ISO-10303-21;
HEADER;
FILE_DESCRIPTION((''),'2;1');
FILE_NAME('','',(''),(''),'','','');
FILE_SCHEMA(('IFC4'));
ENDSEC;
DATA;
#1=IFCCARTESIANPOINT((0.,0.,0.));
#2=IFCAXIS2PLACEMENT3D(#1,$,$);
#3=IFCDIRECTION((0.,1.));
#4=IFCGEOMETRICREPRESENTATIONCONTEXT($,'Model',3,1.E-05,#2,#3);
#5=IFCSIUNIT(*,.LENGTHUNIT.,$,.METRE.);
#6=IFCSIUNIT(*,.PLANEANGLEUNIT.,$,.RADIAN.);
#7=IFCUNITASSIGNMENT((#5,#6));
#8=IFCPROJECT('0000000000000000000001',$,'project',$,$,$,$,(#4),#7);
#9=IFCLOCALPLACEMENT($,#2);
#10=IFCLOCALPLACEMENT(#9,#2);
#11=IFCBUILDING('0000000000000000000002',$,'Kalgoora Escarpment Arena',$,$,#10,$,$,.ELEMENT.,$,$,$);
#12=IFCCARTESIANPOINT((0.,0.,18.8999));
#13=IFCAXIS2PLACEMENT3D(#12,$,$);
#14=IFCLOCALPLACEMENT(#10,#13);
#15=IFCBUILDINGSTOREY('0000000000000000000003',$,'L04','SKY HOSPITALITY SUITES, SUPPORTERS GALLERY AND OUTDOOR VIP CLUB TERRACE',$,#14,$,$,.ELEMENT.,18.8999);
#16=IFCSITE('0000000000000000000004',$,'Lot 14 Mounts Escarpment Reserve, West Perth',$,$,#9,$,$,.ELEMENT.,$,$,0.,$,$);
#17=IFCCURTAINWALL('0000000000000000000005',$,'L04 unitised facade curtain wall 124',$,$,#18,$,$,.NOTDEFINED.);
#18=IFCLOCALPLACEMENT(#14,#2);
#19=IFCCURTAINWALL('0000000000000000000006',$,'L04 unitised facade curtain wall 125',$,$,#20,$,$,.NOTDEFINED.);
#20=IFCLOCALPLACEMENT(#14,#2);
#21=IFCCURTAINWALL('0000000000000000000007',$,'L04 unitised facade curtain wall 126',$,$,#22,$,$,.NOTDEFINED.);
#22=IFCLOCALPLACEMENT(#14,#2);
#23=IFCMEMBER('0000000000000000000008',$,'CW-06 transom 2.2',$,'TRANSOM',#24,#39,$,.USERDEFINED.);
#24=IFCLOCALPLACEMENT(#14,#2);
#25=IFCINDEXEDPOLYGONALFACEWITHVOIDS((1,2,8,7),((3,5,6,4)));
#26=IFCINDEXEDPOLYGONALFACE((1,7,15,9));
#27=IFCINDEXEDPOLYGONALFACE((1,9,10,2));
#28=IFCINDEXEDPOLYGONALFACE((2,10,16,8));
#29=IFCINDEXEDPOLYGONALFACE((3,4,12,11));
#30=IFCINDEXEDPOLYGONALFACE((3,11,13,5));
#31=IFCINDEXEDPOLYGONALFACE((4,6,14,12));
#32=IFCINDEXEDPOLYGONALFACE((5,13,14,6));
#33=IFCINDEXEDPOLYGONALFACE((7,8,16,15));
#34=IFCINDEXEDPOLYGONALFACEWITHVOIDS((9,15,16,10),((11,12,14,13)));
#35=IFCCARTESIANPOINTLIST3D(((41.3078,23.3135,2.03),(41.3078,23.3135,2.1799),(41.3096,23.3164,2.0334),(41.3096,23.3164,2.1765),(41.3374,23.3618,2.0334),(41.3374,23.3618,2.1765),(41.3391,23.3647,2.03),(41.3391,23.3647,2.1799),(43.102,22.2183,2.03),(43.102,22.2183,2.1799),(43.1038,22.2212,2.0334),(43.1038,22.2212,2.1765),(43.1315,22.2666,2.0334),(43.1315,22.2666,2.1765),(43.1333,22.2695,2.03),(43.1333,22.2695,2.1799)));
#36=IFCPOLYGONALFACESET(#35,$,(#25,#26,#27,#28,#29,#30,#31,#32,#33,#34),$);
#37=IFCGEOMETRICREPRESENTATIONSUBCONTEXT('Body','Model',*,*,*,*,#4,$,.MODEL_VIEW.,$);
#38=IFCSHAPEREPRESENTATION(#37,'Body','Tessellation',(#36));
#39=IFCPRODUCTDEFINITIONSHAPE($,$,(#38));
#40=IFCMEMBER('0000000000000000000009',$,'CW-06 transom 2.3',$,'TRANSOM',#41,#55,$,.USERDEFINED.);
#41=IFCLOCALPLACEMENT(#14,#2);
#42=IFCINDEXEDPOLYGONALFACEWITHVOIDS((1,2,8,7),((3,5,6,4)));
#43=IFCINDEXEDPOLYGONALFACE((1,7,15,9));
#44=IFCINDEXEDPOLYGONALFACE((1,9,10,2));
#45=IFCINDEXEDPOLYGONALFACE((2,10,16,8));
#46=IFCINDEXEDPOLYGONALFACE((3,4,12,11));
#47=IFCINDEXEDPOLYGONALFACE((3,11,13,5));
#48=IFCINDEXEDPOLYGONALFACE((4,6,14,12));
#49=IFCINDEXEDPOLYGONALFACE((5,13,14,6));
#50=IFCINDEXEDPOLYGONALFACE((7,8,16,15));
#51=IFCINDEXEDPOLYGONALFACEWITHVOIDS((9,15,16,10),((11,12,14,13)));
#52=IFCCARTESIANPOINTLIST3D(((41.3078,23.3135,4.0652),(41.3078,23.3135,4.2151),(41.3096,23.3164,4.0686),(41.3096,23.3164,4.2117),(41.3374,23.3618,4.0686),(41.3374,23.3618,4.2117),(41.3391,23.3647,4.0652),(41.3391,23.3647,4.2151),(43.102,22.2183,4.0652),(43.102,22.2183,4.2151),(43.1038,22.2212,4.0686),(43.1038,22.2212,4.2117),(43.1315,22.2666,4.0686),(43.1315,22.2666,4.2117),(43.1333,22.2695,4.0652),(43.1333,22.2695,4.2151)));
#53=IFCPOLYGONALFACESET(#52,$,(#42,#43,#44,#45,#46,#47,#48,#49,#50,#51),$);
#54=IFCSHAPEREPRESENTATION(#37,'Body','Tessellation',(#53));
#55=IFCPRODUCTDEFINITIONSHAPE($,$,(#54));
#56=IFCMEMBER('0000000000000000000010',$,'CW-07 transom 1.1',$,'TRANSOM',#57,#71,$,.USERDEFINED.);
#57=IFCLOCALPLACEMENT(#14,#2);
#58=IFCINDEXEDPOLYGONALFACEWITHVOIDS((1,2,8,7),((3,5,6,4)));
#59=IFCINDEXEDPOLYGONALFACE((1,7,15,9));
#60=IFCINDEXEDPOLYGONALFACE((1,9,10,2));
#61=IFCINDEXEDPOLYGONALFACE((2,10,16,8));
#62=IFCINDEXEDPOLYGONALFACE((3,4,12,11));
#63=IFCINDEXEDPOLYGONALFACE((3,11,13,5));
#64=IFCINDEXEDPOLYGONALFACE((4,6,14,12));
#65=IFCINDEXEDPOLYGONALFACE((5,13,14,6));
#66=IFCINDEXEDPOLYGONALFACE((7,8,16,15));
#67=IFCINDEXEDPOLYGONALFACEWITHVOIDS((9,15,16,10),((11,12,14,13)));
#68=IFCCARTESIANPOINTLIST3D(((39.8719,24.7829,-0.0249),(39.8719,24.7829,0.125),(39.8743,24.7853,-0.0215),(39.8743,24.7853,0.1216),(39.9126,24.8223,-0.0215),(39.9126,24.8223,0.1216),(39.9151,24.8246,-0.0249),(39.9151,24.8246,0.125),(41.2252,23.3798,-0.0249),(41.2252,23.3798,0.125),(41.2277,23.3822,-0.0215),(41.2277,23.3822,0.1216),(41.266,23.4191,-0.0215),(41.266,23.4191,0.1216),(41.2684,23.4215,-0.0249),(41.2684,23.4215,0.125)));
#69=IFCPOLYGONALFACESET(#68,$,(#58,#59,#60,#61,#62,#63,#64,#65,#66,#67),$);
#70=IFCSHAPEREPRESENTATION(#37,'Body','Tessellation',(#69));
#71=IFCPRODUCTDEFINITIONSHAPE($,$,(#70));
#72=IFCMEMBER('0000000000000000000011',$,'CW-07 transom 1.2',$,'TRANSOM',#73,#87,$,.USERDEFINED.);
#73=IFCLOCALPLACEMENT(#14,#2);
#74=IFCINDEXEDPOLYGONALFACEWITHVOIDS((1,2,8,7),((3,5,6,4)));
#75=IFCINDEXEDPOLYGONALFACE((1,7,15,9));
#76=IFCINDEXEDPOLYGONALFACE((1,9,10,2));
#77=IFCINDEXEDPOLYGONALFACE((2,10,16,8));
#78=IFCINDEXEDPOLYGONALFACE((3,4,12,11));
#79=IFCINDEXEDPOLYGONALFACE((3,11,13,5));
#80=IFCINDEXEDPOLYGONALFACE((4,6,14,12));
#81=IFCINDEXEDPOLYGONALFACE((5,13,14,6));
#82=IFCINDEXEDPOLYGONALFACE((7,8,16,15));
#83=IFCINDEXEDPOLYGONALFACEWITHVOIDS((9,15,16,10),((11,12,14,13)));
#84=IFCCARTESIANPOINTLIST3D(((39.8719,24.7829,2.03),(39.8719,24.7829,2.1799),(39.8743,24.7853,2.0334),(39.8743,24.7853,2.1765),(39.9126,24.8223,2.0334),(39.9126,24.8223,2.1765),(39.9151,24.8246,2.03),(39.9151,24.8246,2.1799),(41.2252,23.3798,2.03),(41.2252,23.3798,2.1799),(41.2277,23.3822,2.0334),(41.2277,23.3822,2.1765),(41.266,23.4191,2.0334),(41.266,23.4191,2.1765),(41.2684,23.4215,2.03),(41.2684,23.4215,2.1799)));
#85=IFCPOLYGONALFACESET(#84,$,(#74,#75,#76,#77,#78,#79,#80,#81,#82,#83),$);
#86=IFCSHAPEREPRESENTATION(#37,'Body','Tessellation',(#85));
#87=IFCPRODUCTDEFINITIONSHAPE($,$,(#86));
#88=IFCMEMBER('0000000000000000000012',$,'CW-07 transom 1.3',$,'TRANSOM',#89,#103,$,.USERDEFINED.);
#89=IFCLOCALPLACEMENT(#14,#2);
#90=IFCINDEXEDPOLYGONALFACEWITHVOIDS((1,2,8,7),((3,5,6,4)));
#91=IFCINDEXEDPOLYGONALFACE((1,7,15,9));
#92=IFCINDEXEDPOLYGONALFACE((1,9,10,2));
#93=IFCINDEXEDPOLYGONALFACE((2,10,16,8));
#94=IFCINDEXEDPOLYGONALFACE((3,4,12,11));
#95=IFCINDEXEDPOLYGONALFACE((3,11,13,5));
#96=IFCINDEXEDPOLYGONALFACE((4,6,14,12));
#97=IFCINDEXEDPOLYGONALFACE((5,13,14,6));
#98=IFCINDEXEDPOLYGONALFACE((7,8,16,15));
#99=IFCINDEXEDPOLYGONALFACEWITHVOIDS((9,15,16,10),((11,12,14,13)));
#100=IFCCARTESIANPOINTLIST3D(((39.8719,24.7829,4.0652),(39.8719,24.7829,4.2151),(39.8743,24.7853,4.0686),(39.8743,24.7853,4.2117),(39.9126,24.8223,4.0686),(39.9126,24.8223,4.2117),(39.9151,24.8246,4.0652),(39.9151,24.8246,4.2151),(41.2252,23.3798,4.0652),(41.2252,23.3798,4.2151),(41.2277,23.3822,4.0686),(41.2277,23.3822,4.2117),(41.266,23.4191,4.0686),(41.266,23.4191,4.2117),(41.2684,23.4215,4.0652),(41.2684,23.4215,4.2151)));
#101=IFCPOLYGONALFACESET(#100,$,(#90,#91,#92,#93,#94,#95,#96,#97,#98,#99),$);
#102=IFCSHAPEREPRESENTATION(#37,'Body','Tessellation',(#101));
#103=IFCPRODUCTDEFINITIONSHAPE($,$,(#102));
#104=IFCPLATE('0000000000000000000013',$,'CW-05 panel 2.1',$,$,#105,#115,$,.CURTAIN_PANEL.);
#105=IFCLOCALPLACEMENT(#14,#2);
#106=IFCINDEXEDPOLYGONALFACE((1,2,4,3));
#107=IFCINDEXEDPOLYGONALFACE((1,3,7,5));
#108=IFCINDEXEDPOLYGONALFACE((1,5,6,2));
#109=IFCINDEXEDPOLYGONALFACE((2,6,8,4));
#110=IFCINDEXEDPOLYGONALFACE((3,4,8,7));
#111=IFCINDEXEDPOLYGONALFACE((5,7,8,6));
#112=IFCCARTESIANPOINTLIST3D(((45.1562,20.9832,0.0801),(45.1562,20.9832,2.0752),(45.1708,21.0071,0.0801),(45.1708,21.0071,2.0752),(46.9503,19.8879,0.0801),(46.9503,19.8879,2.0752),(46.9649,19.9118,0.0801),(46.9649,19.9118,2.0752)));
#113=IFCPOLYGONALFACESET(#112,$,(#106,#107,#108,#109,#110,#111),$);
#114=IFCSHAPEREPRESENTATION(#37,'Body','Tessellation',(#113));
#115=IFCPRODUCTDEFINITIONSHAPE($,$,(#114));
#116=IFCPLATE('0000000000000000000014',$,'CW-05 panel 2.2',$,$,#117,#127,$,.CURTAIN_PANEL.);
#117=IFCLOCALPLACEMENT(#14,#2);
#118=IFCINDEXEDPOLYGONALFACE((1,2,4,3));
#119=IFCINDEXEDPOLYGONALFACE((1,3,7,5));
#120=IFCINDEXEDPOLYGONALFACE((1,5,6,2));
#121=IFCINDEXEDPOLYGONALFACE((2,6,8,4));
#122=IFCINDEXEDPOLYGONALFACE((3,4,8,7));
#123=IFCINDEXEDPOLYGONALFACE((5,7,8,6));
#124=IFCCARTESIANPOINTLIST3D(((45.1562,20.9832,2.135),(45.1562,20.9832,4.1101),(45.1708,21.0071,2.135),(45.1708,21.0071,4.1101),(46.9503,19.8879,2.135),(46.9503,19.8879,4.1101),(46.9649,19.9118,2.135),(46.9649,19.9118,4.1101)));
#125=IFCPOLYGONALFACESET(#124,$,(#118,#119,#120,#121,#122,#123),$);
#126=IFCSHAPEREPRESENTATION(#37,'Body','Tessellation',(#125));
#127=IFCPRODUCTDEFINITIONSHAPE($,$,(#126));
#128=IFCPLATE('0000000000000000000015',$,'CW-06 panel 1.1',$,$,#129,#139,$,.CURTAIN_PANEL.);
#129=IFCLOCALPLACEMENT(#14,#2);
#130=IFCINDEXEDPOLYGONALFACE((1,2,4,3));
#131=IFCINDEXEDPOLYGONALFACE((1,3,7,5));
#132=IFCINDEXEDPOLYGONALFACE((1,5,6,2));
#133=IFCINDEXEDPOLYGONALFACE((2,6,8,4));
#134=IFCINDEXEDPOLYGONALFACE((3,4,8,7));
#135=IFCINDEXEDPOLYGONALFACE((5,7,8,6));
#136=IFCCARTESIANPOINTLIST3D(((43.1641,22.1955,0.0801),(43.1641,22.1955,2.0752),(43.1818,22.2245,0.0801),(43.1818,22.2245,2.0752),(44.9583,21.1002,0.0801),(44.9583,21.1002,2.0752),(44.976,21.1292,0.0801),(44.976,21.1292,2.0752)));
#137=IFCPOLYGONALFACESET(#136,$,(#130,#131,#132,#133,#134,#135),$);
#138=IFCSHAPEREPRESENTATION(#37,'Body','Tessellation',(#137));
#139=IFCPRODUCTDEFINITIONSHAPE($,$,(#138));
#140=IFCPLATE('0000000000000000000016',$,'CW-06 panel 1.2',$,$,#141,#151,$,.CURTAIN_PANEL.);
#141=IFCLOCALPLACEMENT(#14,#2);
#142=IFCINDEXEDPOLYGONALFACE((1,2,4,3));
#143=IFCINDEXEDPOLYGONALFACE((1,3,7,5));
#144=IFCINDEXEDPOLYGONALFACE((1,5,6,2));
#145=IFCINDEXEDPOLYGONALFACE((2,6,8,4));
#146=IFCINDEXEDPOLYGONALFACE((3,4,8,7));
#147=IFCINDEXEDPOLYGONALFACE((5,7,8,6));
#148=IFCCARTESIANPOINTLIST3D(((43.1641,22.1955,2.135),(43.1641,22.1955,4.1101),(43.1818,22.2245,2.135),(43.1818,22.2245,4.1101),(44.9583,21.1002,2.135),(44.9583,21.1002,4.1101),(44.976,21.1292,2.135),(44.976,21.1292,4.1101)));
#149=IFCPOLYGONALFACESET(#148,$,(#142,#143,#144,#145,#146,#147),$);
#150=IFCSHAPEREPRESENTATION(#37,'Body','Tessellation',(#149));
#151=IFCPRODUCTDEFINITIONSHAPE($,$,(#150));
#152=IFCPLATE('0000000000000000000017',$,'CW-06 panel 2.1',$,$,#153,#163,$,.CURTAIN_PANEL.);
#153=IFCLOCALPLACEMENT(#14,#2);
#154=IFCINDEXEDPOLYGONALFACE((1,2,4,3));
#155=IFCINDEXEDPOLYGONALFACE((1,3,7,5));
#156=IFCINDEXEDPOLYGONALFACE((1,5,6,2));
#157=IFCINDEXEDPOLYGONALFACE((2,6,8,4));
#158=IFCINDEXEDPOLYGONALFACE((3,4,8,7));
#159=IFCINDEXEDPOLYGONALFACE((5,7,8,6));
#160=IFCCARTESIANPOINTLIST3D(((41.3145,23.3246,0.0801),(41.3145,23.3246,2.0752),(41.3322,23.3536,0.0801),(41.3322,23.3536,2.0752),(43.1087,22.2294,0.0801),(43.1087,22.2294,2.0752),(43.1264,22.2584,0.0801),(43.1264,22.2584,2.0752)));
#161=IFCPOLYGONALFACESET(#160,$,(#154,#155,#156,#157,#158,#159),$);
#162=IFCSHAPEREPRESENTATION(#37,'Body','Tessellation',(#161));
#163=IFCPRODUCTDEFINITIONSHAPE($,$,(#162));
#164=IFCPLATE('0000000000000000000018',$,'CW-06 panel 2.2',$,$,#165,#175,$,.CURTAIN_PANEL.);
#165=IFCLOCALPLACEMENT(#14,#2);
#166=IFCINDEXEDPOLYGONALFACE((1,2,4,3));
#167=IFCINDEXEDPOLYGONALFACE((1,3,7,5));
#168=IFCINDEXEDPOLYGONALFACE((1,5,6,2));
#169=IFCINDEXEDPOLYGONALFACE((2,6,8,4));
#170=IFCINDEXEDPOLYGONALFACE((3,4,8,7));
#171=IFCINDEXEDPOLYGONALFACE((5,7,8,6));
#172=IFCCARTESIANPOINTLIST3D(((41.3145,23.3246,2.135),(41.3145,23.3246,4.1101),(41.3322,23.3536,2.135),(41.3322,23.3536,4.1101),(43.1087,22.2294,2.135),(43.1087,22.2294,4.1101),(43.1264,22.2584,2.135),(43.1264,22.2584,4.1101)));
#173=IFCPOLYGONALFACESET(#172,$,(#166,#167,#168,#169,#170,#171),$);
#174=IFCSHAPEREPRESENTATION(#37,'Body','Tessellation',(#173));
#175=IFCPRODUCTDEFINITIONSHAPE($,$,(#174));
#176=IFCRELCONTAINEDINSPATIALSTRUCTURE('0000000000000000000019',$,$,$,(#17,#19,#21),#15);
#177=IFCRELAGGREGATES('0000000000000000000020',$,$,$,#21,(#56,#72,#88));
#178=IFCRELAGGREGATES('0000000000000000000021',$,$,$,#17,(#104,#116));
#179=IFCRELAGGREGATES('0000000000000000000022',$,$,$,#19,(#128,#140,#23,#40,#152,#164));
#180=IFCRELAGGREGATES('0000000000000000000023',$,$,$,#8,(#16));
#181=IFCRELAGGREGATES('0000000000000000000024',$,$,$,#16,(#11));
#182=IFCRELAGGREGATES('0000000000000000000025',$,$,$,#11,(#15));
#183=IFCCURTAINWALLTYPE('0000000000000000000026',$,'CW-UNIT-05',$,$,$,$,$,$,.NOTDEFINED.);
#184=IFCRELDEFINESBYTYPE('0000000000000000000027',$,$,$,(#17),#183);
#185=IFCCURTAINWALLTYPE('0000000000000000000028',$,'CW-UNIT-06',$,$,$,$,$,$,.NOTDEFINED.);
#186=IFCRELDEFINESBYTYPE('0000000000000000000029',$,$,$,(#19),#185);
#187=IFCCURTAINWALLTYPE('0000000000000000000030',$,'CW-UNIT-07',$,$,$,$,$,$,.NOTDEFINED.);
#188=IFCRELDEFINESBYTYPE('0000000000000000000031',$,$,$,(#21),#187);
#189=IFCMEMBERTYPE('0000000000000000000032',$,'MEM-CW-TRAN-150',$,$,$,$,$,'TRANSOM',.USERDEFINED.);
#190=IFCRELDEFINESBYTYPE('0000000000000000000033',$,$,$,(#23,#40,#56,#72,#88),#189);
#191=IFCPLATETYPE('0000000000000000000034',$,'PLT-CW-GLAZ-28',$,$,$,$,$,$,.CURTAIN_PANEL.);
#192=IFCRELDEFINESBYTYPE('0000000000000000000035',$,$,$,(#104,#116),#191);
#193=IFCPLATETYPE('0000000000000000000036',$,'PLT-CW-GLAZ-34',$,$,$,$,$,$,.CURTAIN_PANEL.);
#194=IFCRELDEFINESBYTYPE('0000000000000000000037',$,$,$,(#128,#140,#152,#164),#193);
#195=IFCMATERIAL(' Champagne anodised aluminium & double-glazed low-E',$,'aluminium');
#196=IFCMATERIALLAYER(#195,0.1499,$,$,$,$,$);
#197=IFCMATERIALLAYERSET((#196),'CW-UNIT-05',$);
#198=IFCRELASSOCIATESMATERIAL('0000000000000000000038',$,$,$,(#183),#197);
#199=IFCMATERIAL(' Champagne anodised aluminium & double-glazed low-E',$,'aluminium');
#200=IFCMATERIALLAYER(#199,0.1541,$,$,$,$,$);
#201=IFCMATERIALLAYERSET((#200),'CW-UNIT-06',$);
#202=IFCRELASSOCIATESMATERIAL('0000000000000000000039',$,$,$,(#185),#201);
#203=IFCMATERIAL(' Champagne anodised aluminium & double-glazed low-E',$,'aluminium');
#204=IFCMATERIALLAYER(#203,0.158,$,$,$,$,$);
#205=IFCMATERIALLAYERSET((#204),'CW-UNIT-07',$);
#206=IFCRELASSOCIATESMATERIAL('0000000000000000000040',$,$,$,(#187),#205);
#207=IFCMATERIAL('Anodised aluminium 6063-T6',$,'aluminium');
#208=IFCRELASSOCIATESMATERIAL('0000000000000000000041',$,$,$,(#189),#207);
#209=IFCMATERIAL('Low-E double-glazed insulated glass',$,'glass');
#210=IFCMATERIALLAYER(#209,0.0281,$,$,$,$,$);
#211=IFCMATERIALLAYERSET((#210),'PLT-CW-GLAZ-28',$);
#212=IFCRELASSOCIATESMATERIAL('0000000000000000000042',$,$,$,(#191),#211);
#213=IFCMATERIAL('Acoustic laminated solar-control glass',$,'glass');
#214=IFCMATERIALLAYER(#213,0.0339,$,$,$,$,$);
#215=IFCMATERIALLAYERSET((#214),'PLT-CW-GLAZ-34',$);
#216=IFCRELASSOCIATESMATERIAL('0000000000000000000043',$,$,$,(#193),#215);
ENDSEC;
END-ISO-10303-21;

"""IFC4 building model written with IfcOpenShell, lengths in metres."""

from ifc_helpers import new_model, si_unit, direction, frame, origin, origin_2d, place, context, subcontext, project, spatial, rectangle, hollow_rectangle, extrude, material, layer, layer_set, material_profile, profile_set, type_object, element, aggregate, save


model = new_model("IFC4")

# Units and contexts
model_context = context("Model", 3, precision=1e-05, world=origin(), true_north=direction((0.0, 1.0)))
body_context = subcontext(model_context, "Body", "Model", "MODEL_VIEW")
ifc_project = project(units=[si_unit("LENGTHUNIT", "METRE"), si_unit("PLANEANGLEUNIT", "RADIAN")], contexts=[model_context])

# Site, building, storey
site_placement = place(None, origin())
site = spatial("IfcSite", under=ifc_project, at=site_placement, Name="Lot 14 Mounts Escarpment Reserve, West Perth", CompositionType="ELEMENT", RefElevation=0.0)
building_placement = place(site_placement, origin())
building = spatial("IfcBuilding", under=site, at=building_placement, Name="Kalgoora Escarpment Arena", CompositionType="ELEMENT")
storey_placement = place(building_placement, frame((0.0, 0.0, 18.8999)))
storey = spatial("IfcBuildingStorey", under=building, at=storey_placement, Name="L04", Description="SKY HOSPITALITY SUITES, SUPPORTERS GALLERY AND OUTDOOR VIP CLUB TERRACE", CompositionType="ELEMENT", Elevation=18.8999)

# Curtain wall
ifc_material_1 = material(Name=" Champagne anodised aluminium & double-glazed low-E", Category="aluminium")
ifc_layer_1 = layer(ifc_material_1, 0.1499)
ifc_layer_set_1 = layer_set([ifc_layer_1], Name="CW-UNIT-05")
curtain_wall_type_1 = type_object("IfcCurtainWallType", Name="CW-UNIT-05", PredefinedType="NOTDEFINED", material=ifc_layer_set_1)
curtain_wall_1_placement = place(storey_placement, origin())
curtain_wall_1 = element("IfcCurtainWall", 1, at=curtain_wall_1_placement, inside=storey, type_object=curtain_wall_type_1, Name="L04 unitised facade curtain wall 124", PredefinedType="NOTDEFINED")

# Curtain wall
ifc_material_2 = material(Name=" Champagne anodised aluminium & double-glazed low-E", Category="aluminium")
ifc_layer_2 = layer(ifc_material_2, 0.1541)
ifc_layer_set_2 = layer_set([ifc_layer_2], Name="CW-UNIT-06")
curtain_wall_type_2 = type_object("IfcCurtainWallType", Name="CW-UNIT-06", PredefinedType="NOTDEFINED", material=ifc_layer_set_2)
curtain_wall_2_placement = place(storey_placement, origin())
curtain_wall_2 = element("IfcCurtainWall", 2, at=curtain_wall_2_placement, inside=storey, type_object=curtain_wall_type_2, Name="L04 unitised facade curtain wall 125", PredefinedType="NOTDEFINED")

# Curtain wall
ifc_material_3 = material(Name=" Champagne anodised aluminium & double-glazed low-E", Category="aluminium")
ifc_layer_3 = layer(ifc_material_3, 0.158)
ifc_layer_set_3 = layer_set([ifc_layer_3], Name="CW-UNIT-07")
curtain_wall_type_3 = type_object("IfcCurtainWallType", Name="CW-UNIT-07", PredefinedType="NOTDEFINED", material=ifc_layer_set_3)
curtain_wall_3_placement = place(storey_placement, origin())
curtain_wall_3 = element("IfcCurtainWall", 3, at=curtain_wall_3_placement, inside=storey, type_object=curtain_wall_type_3, Name="L04 unitised facade curtain wall 126", PredefinedType="NOTDEFINED")

# Members
ifc_material_4 = material(Name="Anodised aluminium 6063-T6", Category="aluminium")
ifc_material_profile_1 = material_profile(ifc_material_4, hollow_rectangle(XDim=0.0601, YDim=0.1499, WallThickness=0.0034, at=origin_2d()))
ifc_profile_set_1 = profile_set([ifc_material_profile_1], Name="Anodised aluminium 6063-T6")
member_type_1 = type_object("IfcMemberType", Name="MEM-CW-TRAN-150", ElementType="TRANSOM", PredefinedType="USERDEFINED", material=ifc_profile_set_1)
member_1_placement = place(storey_placement, frame((43.1177, 22.2439, 2.105), z_axis=(-0.853543, 0.521022, 0.0), x_axis=(-0.521022, -0.853543, 0.0)))
member_1 = element("IfcMember", 4, at=member_1_placement, type_object=member_type_1, Name="CW-06 transom 2.2", ObjectType="TRANSOM", PredefinedType="USERDEFINED", context=body_context, shape_type="SweptSolid", body=[
    extrude(hollow_rectangle(XDim=0.0601, YDim=0.1499, WallThickness=0.0034, at=origin_2d()), origin(), (0.0, 0.0, 1.0), 2.1021),
])
member_2_placement = place(storey_placement, frame((43.1177, 22.2439, 4.1401), z_axis=(-0.853543, 0.521022, 0.0), x_axis=(-0.521022, -0.853543, 0.0)))
member_2 = element("IfcMember", 5, at=member_2_placement, type_object=member_type_1, Name="CW-06 transom 2.3", ObjectType="TRANSOM", PredefinedType="USERDEFINED", context=body_context, shape_type="SweptSolid", body=[
    extrude(hollow_rectangle(XDim=0.0601, YDim=0.1499, WallThickness=0.0034, at=origin_2d()), origin(), (0.0, 0.0, 1.0), 2.1021),
])
member_3_placement = place(storey_placement, frame((41.2468, 23.4006, 0.05), z_axis=(-0.694217, 0.719766, 0.0), x_axis=(-0.719766, -0.694217, 0.0)))
member_3 = element("IfcMember", 6, at=member_3_placement, type_object=member_type_1, Name="CW-07 transom 1.1", ObjectType="TRANSOM", PredefinedType="USERDEFINED", context=body_context, shape_type="SweptSolid", body=[
    extrude(hollow_rectangle(XDim=0.0601, YDim=0.1499, WallThickness=0.0034, at=origin_2d()), origin(), (0.0, 0.0, 1.0), 1.9495),
])
member_4_placement = place(storey_placement, frame((41.2468, 23.4006, 2.105), z_axis=(-0.694217, 0.719766, 0.0), x_axis=(-0.719766, -0.694217, 0.0)))
member_4 = element("IfcMember", 7, at=member_4_placement, type_object=member_type_1, Name="CW-07 transom 1.2", ObjectType="TRANSOM", PredefinedType="USERDEFINED", context=body_context, shape_type="SweptSolid", body=[
    extrude(hollow_rectangle(XDim=0.0601, YDim=0.1499, WallThickness=0.0034, at=origin_2d()), origin(), (0.0, 0.0, 1.0), 1.9495),
])
member_5_placement = place(storey_placement, frame((41.2468, 23.4006, 4.1401), z_axis=(-0.694217, 0.719766, 0.0), x_axis=(-0.719766, -0.694217, 0.0)))
member_5 = element("IfcMember", 8, at=member_5_placement, type_object=member_type_1, Name="CW-07 transom 1.3", ObjectType="TRANSOM", PredefinedType="USERDEFINED", context=body_context, shape_type="SweptSolid", body=[
    extrude(hollow_rectangle(XDim=0.0601, YDim=0.1499, WallThickness=0.0034, at=origin_2d()), origin(), (0.0, 0.0, 1.0), 1.9495),
])
aggregate(curtain_wall_3, [member_3, member_4, member_5])

# Plates
ifc_material_5 = material(Name="Low-E double-glazed insulated glass", Category="glass")
ifc_layer_4 = layer(ifc_material_5, 0.0281)
ifc_layer_set_4 = layer_set([ifc_layer_4], Name="PLT-CW-GLAZ-28")
plate_type_1 = type_object("IfcPlateType", Name="PLT-CW-GLAZ-28", PredefinedType="CURTAIN_PANEL", material=ifc_layer_set_4)
plate_1_placement = place(storey_placement, frame((46.0605, 20.4475, 0.0801), z_axis=(0.0, 0.0, 1.0), x_axis=(-0.853516, 0.521067, 0.0)))
plate_1 = element("IfcPlate", 9, at=plate_1_placement, type_object=plate_type_1, Name="CW-05 panel 2.1", PredefinedType="CURTAIN_PANEL", context=body_context, shape_type="SweptSolid", body=[
    extrude(rectangle(XDim=2.1021, YDim=0.0281, at=origin_2d()), origin(), (0.0, 0.0, 1.0), 1.9951),
])
plate_2_placement = place(storey_placement, frame((46.0605, 20.4475, 2.135), z_axis=(0.0, 0.0, 1.0), x_axis=(-0.853516, 0.521067, 0.0)))
plate_2 = element("IfcPlate", 10, at=plate_2_placement, type_object=plate_type_1, Name="CW-05 panel 2.2", PredefinedType="CURTAIN_PANEL", context=body_context, shape_type="SweptSolid", body=[
    extrude(rectangle(XDim=2.1021, YDim=0.0281, at=origin_2d()), origin(), (0.0, 0.0, 1.0), 1.9751),
])
aggregate(curtain_wall_1, [plate_1, plate_2])
ifc_material_6 = material(Name="Acoustic laminated solar-control glass", Category="glass")
ifc_layer_5 = layer(ifc_material_6, 0.0339)
ifc_layer_set_5 = layer_set([ifc_layer_5], Name="PLT-CW-GLAZ-34")
plate_type_2 = type_object("IfcPlateType", Name="PLT-CW-GLAZ-34", PredefinedType="CURTAIN_PANEL", material=ifc_layer_set_5)
plate_3_placement = place(storey_placement, frame((44.0701, 21.6624, 0.0801), z_axis=(0.0, 0.0, 1.0), x_axis=(-0.853532, 0.52104, 0.0)))
plate_3 = element("IfcPlate", 11, at=plate_3_placement, type_object=plate_type_2, Name="CW-06 panel 1.1", PredefinedType="CURTAIN_PANEL", context=body_context, shape_type="SweptSolid", body=[
    extrude(rectangle(XDim=2.1021, YDim=0.0339, at=origin_2d()), origin(), (0.0, 0.0, 1.0), 1.9951),
])
plate_4_placement = place(storey_placement, frame((44.0701, 21.6624, 2.135), z_axis=(0.0, 0.0, 1.0), x_axis=(-0.853532, 0.52104, 0.0)))
plate_4 = element("IfcPlate", 12, at=plate_4_placement, type_object=plate_type_2, Name="CW-06 panel 1.2", PredefinedType="CURTAIN_PANEL", context=body_context, shape_type="SweptSolid", body=[
    extrude(rectangle(XDim=2.1021, YDim=0.0339, at=origin_2d()), origin(), (0.0, 0.0, 1.0), 1.9751),
])
plate_5_placement = place(storey_placement, frame((42.2205, 22.7915, 0.0801), z_axis=(0.0, 0.0, 1.0), x_axis=(-0.853532, 0.52104, 0.0)))
plate_5 = element("IfcPlate", 13, at=plate_5_placement, type_object=plate_type_2, Name="CW-06 panel 2.1", PredefinedType="CURTAIN_PANEL", context=body_context, shape_type="SweptSolid", body=[
    extrude(rectangle(XDim=2.1021, YDim=0.0339, at=origin_2d()), origin(), (0.0, 0.0, 1.0), 1.9951),
])
plate_6_placement = place(storey_placement, frame((42.2205, 22.7915, 2.135), z_axis=(0.0, 0.0, 1.0), x_axis=(-0.853532, 0.52104, 0.0)))
plate_6 = element("IfcPlate", 14, at=plate_6_placement, type_object=plate_type_2, Name="CW-06 panel 2.2", PredefinedType="CURTAIN_PANEL", context=body_context, shape_type="SweptSolid", body=[
    extrude(rectangle(XDim=2.1021, YDim=0.0339, at=origin_2d()), origin(), (0.0, 0.0, 1.0), 1.9751),
])
aggregate(curtain_wall_2, [plate_3, plate_4, member_1, member_2, plate_5, plate_6])

save(model, "model.ifc")
